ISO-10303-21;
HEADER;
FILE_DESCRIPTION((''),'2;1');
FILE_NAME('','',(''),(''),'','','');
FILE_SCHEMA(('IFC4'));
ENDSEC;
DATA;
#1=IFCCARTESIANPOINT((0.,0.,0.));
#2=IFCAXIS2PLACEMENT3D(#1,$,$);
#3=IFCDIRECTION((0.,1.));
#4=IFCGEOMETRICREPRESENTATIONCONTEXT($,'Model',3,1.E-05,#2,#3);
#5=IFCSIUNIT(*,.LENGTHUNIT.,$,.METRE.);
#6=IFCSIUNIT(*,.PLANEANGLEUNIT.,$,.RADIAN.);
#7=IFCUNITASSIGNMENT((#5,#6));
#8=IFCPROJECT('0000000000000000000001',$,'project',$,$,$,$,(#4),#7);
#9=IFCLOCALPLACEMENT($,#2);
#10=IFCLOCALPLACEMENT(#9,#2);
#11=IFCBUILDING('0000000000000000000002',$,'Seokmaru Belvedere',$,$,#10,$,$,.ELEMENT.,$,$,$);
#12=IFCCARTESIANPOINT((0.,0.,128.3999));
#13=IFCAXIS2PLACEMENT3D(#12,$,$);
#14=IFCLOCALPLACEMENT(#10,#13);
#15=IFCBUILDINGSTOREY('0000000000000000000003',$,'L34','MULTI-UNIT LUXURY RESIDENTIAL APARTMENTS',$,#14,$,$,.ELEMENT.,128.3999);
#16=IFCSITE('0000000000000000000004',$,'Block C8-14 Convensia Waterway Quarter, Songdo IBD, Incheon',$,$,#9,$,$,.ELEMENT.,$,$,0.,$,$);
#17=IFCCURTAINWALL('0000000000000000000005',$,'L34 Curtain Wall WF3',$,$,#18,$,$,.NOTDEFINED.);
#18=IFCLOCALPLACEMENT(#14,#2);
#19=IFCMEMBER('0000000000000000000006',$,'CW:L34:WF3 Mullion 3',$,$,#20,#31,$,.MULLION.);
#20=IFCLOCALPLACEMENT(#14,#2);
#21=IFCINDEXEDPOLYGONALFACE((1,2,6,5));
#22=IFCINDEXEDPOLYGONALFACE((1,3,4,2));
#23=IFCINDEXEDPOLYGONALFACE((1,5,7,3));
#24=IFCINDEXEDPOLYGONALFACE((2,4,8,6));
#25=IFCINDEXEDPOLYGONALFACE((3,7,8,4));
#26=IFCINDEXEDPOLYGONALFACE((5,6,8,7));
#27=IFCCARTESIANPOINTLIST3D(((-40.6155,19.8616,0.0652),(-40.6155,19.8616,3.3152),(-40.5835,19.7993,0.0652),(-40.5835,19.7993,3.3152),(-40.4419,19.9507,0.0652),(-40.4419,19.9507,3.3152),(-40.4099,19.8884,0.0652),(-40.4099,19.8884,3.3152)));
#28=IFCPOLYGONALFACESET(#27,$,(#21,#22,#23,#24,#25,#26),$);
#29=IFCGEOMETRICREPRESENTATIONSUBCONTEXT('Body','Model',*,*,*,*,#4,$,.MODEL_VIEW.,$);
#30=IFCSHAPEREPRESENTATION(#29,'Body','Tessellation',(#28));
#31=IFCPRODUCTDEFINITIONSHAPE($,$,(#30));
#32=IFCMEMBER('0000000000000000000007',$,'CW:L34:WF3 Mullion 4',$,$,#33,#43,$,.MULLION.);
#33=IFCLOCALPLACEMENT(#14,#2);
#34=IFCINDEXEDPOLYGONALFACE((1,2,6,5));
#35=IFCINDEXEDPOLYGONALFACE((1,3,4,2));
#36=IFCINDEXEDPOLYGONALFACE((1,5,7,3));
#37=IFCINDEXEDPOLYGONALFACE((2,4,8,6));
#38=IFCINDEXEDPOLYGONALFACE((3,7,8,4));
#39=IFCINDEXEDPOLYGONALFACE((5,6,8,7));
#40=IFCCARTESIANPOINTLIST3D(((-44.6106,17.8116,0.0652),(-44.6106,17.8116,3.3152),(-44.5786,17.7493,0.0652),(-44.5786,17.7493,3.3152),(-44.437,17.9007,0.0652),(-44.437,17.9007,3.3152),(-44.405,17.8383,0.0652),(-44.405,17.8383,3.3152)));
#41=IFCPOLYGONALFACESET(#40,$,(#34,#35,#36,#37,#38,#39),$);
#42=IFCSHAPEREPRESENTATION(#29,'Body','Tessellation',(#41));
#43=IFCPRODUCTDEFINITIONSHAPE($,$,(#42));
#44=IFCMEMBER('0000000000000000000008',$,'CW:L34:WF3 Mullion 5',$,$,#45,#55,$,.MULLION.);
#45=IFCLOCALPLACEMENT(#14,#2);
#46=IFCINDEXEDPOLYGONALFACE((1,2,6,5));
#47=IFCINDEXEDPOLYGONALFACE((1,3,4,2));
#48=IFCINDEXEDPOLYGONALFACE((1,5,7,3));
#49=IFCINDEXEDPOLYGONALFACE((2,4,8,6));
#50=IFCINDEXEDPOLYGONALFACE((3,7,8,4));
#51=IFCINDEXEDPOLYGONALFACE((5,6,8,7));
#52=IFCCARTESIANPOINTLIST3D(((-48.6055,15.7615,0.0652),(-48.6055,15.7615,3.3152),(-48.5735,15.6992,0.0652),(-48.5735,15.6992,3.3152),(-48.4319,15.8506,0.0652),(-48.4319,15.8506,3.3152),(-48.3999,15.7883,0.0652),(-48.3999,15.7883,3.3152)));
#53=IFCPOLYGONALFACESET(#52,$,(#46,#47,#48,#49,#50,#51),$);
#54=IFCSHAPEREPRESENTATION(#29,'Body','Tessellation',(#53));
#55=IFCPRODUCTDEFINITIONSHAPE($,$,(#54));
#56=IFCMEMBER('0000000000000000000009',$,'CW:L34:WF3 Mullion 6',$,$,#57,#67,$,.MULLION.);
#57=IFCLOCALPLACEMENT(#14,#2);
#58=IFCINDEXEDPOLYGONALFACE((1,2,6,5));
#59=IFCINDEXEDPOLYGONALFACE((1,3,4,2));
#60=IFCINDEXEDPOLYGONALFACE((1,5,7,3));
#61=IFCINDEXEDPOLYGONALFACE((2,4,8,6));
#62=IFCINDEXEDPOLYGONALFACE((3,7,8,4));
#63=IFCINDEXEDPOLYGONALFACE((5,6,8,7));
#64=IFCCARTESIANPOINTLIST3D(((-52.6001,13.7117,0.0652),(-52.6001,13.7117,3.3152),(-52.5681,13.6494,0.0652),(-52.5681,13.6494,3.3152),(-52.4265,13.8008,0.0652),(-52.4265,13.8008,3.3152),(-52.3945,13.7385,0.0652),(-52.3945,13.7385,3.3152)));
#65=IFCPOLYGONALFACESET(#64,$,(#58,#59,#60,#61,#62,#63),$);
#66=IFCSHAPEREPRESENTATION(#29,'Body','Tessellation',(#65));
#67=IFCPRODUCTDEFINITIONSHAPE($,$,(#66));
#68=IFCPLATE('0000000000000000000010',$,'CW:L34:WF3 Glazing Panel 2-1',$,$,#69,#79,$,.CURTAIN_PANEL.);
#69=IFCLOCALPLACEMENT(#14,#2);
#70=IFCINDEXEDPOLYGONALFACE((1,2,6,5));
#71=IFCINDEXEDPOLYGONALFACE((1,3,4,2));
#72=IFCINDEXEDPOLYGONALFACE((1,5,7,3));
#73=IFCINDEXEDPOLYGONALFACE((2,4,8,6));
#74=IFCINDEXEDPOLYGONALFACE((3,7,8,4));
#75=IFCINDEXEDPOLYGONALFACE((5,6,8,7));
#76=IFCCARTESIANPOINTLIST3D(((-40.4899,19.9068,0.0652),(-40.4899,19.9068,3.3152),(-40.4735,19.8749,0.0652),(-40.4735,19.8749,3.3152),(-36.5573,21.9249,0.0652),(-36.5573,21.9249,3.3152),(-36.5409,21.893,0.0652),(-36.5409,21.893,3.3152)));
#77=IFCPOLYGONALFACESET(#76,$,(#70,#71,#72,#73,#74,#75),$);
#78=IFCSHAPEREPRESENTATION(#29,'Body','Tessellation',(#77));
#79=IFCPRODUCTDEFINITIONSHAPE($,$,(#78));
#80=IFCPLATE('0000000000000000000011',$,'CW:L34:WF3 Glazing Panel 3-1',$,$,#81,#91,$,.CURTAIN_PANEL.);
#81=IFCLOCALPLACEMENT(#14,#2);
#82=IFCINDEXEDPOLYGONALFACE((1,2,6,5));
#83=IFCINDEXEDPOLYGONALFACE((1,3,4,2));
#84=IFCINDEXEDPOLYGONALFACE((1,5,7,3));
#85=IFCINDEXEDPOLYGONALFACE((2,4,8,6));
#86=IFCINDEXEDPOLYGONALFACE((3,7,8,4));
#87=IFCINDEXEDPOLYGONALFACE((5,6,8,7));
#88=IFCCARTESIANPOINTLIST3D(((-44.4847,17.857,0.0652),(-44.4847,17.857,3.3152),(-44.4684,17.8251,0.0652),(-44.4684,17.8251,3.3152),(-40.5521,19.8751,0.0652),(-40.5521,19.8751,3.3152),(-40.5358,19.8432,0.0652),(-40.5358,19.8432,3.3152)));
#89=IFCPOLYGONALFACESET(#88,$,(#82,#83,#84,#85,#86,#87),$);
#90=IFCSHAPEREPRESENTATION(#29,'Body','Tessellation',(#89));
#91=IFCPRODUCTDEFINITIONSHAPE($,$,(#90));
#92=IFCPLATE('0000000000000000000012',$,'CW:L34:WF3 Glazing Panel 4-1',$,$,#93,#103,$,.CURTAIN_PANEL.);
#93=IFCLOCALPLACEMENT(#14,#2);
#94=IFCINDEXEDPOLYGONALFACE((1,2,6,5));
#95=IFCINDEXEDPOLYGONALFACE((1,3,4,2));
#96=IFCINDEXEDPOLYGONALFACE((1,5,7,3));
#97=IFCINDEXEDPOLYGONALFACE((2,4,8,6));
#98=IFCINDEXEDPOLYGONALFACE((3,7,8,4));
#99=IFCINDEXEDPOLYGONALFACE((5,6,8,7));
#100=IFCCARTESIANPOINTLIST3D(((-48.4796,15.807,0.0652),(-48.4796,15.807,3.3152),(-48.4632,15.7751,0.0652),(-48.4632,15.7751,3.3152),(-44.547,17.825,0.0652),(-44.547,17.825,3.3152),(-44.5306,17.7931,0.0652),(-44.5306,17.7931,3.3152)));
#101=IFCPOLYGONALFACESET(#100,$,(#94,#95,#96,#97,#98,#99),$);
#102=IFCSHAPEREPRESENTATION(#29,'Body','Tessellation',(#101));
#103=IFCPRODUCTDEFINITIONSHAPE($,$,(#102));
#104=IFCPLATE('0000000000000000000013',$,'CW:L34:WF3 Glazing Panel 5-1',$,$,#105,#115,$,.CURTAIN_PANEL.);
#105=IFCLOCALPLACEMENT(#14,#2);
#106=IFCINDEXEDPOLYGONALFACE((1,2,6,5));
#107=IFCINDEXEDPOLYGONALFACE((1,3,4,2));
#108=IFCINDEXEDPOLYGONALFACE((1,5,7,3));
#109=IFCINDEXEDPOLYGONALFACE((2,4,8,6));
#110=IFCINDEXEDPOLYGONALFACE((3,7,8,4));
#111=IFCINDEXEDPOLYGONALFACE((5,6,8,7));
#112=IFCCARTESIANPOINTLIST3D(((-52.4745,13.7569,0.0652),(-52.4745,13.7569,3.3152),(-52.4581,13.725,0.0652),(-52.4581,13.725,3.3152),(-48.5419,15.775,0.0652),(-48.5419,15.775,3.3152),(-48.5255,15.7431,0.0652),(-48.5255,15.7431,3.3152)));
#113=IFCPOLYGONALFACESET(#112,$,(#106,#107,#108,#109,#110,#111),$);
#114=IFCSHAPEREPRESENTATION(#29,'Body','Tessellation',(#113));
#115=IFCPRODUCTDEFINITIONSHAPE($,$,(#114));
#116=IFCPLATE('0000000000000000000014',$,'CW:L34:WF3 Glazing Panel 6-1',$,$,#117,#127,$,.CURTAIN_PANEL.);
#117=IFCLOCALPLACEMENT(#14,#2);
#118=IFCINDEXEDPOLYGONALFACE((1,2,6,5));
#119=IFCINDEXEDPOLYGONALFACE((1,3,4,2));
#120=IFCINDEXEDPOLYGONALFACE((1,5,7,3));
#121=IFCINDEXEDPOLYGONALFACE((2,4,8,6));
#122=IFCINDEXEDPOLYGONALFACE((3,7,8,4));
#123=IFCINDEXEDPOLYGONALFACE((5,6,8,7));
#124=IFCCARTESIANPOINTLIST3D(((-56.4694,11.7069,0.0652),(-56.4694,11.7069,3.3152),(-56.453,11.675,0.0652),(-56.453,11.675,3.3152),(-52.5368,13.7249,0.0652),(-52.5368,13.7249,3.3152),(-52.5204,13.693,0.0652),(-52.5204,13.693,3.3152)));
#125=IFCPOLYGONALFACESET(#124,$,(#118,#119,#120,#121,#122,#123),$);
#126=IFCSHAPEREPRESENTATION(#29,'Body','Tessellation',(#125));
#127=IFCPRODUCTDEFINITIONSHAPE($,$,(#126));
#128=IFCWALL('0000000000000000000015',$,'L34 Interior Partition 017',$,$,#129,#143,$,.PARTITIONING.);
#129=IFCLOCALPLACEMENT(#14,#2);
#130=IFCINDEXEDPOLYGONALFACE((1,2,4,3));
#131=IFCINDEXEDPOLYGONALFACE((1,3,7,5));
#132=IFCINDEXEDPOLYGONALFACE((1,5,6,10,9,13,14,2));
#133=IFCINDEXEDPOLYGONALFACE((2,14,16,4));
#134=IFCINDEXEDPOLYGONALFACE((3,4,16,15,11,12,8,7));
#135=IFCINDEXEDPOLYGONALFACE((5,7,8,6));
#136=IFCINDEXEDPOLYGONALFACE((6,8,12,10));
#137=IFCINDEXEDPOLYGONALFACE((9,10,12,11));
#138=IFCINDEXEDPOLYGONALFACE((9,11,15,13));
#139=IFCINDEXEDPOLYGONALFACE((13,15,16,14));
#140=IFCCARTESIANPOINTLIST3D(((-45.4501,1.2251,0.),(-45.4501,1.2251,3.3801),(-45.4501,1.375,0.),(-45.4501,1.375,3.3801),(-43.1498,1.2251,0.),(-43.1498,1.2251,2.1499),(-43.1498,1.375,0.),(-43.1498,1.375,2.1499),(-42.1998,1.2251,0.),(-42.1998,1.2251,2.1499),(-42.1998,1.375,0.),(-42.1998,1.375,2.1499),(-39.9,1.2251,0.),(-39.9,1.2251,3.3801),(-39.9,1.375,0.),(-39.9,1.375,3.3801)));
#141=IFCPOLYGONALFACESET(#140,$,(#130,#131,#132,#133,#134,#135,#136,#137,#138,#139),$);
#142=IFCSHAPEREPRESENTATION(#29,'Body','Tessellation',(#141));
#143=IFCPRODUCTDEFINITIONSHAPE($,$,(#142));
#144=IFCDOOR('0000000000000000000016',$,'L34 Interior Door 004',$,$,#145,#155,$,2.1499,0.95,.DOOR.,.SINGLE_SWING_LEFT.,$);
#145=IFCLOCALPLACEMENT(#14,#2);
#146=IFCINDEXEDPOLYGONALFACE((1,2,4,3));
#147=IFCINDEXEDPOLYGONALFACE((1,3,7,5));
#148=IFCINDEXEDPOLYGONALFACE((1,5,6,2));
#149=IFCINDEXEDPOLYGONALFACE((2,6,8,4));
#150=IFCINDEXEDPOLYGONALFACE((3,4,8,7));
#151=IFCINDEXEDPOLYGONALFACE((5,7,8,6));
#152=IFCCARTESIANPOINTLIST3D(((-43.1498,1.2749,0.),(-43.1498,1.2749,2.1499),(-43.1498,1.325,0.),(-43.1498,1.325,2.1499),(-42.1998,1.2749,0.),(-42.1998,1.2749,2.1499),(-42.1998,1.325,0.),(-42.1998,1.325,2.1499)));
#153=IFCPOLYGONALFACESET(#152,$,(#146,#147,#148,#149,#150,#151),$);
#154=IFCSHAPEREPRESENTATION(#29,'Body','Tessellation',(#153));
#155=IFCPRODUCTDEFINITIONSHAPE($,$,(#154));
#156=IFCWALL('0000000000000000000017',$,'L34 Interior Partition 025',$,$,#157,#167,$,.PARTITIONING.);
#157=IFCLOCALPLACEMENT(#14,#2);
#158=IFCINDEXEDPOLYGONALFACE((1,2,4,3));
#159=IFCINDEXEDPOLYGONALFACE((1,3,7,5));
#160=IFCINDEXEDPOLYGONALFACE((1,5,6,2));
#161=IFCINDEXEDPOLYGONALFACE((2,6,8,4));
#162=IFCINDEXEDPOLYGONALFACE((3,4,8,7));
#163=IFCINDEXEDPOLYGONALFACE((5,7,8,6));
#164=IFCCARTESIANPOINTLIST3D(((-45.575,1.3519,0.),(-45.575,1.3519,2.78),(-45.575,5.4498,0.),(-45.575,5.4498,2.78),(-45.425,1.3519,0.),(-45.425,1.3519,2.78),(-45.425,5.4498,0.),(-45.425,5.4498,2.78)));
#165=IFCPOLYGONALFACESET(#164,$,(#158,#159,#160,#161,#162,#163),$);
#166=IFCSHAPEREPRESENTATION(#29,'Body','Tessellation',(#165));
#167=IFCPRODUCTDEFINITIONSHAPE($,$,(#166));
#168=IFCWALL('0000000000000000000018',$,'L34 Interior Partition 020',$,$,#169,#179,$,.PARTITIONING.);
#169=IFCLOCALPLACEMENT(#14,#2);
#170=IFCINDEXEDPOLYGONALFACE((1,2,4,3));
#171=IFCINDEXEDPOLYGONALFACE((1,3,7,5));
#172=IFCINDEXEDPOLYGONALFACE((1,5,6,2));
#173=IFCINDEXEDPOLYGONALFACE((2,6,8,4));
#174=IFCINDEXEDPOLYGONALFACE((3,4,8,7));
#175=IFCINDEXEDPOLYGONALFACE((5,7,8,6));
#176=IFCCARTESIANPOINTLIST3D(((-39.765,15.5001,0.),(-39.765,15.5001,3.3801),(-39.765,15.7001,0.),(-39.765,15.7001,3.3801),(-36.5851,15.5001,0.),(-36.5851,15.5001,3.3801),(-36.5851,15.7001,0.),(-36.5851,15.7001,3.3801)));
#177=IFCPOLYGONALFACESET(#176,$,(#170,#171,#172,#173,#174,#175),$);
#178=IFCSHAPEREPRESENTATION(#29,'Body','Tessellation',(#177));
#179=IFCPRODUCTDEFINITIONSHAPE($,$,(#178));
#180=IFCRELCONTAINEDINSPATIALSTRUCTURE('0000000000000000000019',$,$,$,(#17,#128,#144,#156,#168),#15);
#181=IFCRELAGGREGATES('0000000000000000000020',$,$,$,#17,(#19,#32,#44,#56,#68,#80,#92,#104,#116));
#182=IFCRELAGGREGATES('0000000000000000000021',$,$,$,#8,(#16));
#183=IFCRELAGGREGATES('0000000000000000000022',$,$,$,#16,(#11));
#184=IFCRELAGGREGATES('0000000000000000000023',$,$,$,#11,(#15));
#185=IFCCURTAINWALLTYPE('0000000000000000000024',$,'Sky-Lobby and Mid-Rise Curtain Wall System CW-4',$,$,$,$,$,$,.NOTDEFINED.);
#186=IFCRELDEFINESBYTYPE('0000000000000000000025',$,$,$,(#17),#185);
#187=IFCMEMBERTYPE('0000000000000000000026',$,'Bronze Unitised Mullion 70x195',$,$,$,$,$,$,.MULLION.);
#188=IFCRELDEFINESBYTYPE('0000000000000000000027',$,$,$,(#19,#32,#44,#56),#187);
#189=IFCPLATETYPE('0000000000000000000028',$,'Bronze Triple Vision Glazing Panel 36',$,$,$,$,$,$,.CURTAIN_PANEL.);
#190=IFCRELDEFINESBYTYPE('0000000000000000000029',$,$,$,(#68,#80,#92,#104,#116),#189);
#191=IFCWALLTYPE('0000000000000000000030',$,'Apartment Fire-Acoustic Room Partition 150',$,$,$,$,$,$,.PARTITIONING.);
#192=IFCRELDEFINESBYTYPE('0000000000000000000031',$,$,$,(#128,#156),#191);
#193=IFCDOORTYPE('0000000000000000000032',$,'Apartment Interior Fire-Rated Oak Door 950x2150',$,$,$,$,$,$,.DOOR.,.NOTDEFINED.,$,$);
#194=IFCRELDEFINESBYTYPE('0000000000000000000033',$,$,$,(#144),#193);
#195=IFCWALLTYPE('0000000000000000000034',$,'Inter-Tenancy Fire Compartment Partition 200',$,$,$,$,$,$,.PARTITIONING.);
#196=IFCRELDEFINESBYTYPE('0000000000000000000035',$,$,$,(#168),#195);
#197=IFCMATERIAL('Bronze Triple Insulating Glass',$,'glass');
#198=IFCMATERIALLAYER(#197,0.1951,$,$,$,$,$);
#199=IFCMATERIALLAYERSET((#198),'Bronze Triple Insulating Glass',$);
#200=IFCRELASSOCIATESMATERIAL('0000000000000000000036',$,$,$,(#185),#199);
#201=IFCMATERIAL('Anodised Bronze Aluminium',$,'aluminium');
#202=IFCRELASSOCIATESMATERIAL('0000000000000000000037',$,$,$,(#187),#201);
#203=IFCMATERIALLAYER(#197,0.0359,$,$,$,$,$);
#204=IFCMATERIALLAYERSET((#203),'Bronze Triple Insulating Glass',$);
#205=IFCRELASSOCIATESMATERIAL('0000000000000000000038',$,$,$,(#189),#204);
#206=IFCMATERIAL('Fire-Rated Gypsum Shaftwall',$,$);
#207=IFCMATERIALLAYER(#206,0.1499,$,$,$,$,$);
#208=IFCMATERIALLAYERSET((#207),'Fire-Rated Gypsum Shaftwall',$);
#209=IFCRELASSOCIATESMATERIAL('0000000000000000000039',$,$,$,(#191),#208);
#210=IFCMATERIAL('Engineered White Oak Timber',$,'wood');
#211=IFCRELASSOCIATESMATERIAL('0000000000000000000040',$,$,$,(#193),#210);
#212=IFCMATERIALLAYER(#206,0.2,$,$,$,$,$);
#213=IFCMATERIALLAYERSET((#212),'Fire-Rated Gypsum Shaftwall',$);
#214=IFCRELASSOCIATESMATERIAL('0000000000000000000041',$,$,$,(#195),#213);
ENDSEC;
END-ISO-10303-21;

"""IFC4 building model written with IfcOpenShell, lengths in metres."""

from ifc_helpers import new_model, si_unit, direction, frame, frame_2d, origin, origin_2d, place, context, subcontext, project, spatial, rectangle, extrude, source, transform, mapped, material, layer, layer_set, material_profile, profile_set, type_object, type_shapes, element, fill, aggregate, save


model = new_model("IFC4")

# Units and contexts
model_context = context("Model", 3, precision=1e-05, world=origin(), true_north=direction((0.0, 1.0)))
body_context = subcontext(model_context, "Body", "Model", "MODEL_VIEW")
ifc_project = project(units=[si_unit("LENGTHUNIT", "METRE"), si_unit("PLANEANGLEUNIT", "RADIAN")], contexts=[model_context])

# Site, building, storey
site_placement = place(None, origin())
site = spatial("IfcSite", under=ifc_project, at=site_placement, Name="Block C8-14 Convensia Waterway Quarter, Songdo IBD, Incheon", CompositionType="ELEMENT", RefElevation=0.0)
building_placement = place(site_placement, origin())
building = spatial("IfcBuilding", under=site, at=building_placement, Name="Seokmaru Belvedere", CompositionType="ELEMENT")
storey_placement = place(building_placement, frame((0.0, 0.0, 128.3999)))
storey = spatial("IfcBuildingStorey", under=building, at=storey_placement, Name="L34", Description="MULTI-UNIT LUXURY RESIDENTIAL APARTMENTS", CompositionType="ELEMENT", Elevation=128.3999)

# Curtain wall, members, plates
ifc_material_1 = material(Name="Bronze Triple Insulating Glass", Category="glass")
ifc_layer_1 = layer(ifc_material_1, 0.1951)
ifc_layer_set_1 = layer_set([ifc_layer_1], Name="Bronze Triple Insulating Glass")
curtain_wall_type = type_object("IfcCurtainWallType", Name="Sky-Lobby and Mid-Rise Curtain Wall System CW-4", PredefinedType="NOTDEFINED", material=ifc_layer_set_1)
curtain_wall_placement = place(storey_placement, origin())
curtain_wall = element("IfcCurtainWall", 1, at=curtain_wall_placement, inside=storey, type_object=curtain_wall_type, Name="L34 Curtain Wall WF3", PredefinedType="NOTDEFINED")
ifc_material_2 = material(Name="Anodised Bronze Aluminium", Category="aluminium")
ifc_material_profile_1 = material_profile(ifc_material_2, rectangle(XDim=0.0701, YDim=0.1951, at=origin_2d()), Name="CW-M-70x195")
ifc_profile_set_1 = profile_set([ifc_material_profile_1], Name="Anodised Bronze Aluminium")
member_type = type_object("IfcMemberType", Name="Bronze Unitised Mullion 70x195", PredefinedType="MULLION", material=ifc_profile_set_1)
shared_shape_1 = source(origin(), body_context, "Body", "SweptSolid", [
    extrude(rectangle(XDim=0.0701, YDim=0.1951, at=origin_2d()), origin(), (0.0, 0.0, 1.0), 3.25),
])
type_shapes(member_type, [shared_shape_1])
member_1_placement = place(storey_placement, frame((-40.5127, 19.875, 0.0652), z_axis=(0.0, 0.0, 1.0), x_axis=(0.456555, -0.889695, 0.0)))
member_1 = element("IfcMember", 2, at=member_1_placement, type_object=member_type, Name="CW:L34:WF3 Mullion 3", PredefinedType="MULLION", context=body_context, shape_type="MappedRepresentation", body=[
    mapped(shared_shape_1, transform((0.0, 0.0, 0.0), scale=1.0)),
])
member_2_placement = place(storey_placement, frame((-44.5078, 17.825, 0.0652), z_axis=(0.0, 0.0, 1.0), x_axis=(0.456555, -0.889695, 0.0)))
member_2 = element("IfcMember", 3, at=member_2_placement, type_object=member_type, Name="CW:L34:WF3 Mullion 4", PredefinedType="MULLION", context=body_context, shape_type="MappedRepresentation", body=[
    mapped(shared_shape_1, transform((0.0, 0.0, 0.0), scale=1.0)),
])
member_3_placement = place(storey_placement, frame((-48.5027, 15.7749, 0.0652), z_axis=(0.0, 0.0, 1.0), x_axis=(0.456555, -0.889695, 0.0)))
member_3 = element("IfcMember", 4, at=member_3_placement, type_object=member_type, Name="CW:L34:WF3 Mullion 5", PredefinedType="MULLION", context=body_context, shape_type="MappedRepresentation", body=[
    mapped(shared_shape_1, transform((0.0, 0.0, 0.0), scale=1.0)),
])
member_4_placement = place(storey_placement, frame((-52.4973, 13.7251, 0.0652), z_axis=(0.0, 0.0, 1.0), x_axis=(0.456555, -0.889695, 0.0)))
member_4 = element("IfcMember", 5, at=member_4_placement, type_object=member_type, Name="CW:L34:WF3 Mullion 6", PredefinedType="MULLION", context=body_context, shape_type="MappedRepresentation", body=[
    mapped(shared_shape_1, transform((0.0, 0.0, 0.0), scale=1.0)),
])
ifc_layer_2 = layer(ifc_material_1, 0.0359)
ifc_layer_set_2 = layer_set([ifc_layer_2], Name="Bronze Triple Insulating Glass")
plate_type = type_object("IfcPlateType", Name="Bronze Triple Vision Glazing Panel 36", PredefinedType="CURTAIN_PANEL", material=ifc_layer_set_2)
shared_shape_2 = source(origin(), body_context, "Body", "SweptSolid", [
    extrude(rectangle(XDim=4.4202, YDim=0.0359, at=origin_2d()), origin(), (0.0, 0.0, 1.0), 3.25),
])
type_shapes(plate_type, [shared_shape_2])
plate_1_placement = place(storey_placement, frame((-38.5154, 20.8999, 0.0652), z_axis=(0.0, 0.0, 1.0), x_axis=(-0.889695, -0.456555, 0.0)))
plate_1 = element("IfcPlate", 6, at=plate_1_placement, type_object=plate_type, Name="CW:L34:WF3 Glazing Panel 2-1", PredefinedType="CURTAIN_PANEL", context=body_context, shape_type="MappedRepresentation", body=[
    mapped(shared_shape_2, transform((0.0, 0.0, 0.0), scale=1.0)),
])
plate_2_placement = place(storey_placement, frame((-42.5103, 18.8501, 0.0652), z_axis=(0.0, 0.0, 1.0), x_axis=(-0.889695, -0.456555, 0.0)))
plate_2 = element("IfcPlate", 7, at=plate_2_placement, type_object=plate_type, Name="CW:L34:WF3 Glazing Panel 3-1", PredefinedType="CURTAIN_PANEL", context=body_context, shape_type="MappedRepresentation", body=[
    mapped(shared_shape_2, transform((0.0, 0.0, 0.0), scale=1.0)),
])
plate_3_placement = place(storey_placement, frame((-46.5051, 16.8, 0.0652), z_axis=(0.0, 0.0, 1.0), x_axis=(-0.889695, -0.456555, 0.0)))
plate_3 = element("IfcPlate", 8, at=plate_3_placement, type_object=plate_type, Name="CW:L34:WF3 Glazing Panel 4-1", PredefinedType="CURTAIN_PANEL", context=body_context, shape_type="MappedRepresentation", body=[
    mapped(shared_shape_2, transform((0.0, 0.0, 0.0), scale=1.0)),
])
plate_4_placement = place(storey_placement, frame((-50.5, 14.75, 0.0652), z_axis=(0.0, 0.0, 1.0), x_axis=(-0.889695, -0.456555, 0.0)))
plate_4 = element("IfcPlate", 9, at=plate_4_placement, type_object=plate_type, Name="CW:L34:WF3 Glazing Panel 5-1", PredefinedType="CURTAIN_PANEL", context=body_context, shape_type="MappedRepresentation", body=[
    mapped(shared_shape_2, transform((0.0, 0.0, 0.0), scale=1.0)),
])
plate_5_placement = place(storey_placement, frame((-54.4949, 12.7, 0.0652), z_axis=(0.0, 0.0, 1.0), x_axis=(-0.889695, -0.456555, 0.0)))
plate_5 = element("IfcPlate", 10, at=plate_5_placement, type_object=plate_type, Name="CW:L34:WF3 Glazing Panel 6-1", PredefinedType="CURTAIN_PANEL", context=body_context, shape_type="MappedRepresentation", body=[
    mapped(shared_shape_2, transform((0.0, 0.0, 0.0), scale=1.0)),
])
aggregate(curtain_wall, [member_1, member_2, member_3, member_4, plate_1, plate_2, plate_3, plate_4, plate_5])

# Wall, opening, door
ifc_material_3 = material(Name="Fire-Rated Gypsum Shaftwall")
ifc_layer_3 = layer(ifc_material_3, 0.1499)
ifc_layer_set_3 = layer_set([ifc_layer_3], Name="Fire-Rated Gypsum Shaftwall")
wall_type_1 = type_object("IfcWallType", Name="Apartment Fire-Acoustic Room Partition 150", PredefinedType="PARTITIONING", material=ifc_layer_set_3)
wall_1_placement = place(storey_placement, frame((-45.45, 1.3, 0.0), z_axis=(0.0, 0.0, 1.0), x_axis=(1.0, 0.0, 0.0)))
wall_1 = element("IfcWall", 11, at=wall_1_placement, inside=storey, type_object=wall_type_1, Name="L34 Interior Partition 017", PredefinedType="PARTITIONING", context=body_context, shape_type="SweptSolid", body=[
    extrude(rectangle(XDim=5.55, YDim=0.1499, at=frame_2d((2.7749, 0.0))), origin(), (0.0, 0.0, 1.0), 3.3801),
])
opening_placement = place(wall_1_placement, frame((2.3, 0.0, 0.0)))
opening = element("IfcOpeningElement", 12, at=opening_placement, cuts=wall_1, PredefinedType="OPENING", context=body_context, shape_type="SweptSolid", body=[
    extrude(rectangle(XDim=0.95, YDim=2.1499, at=frame_2d((0.4751, 1.075))), frame((0.0, 0.085, 0.0), z_axis=(0.0, -1.0, 0.0), x_axis=(1.0, 0.0, 0.0)), (0.0, 0.0, 1.0), 0.1699),
])
ifc_material_4 = material(Name="Engineered White Oak Timber", Category="wood")
door_type = type_object("IfcDoorType", Name="Apartment Interior Fire-Rated Oak Door 950x2150", OperationType="NOTDEFINED", PredefinedType="DOOR", material=ifc_material_4)
shared_shape_3 = source(origin(), body_context, "Body", "SweptSolid", [
    extrude(rectangle(XDim=0.95, YDim=2.1499, at=frame_2d((0.4751, 1.075))), frame((0.0, 0.0249, 0.0), z_axis=(0.0, -1.0, 0.0), x_axis=(1.0, 0.0, 0.0)), (0.0, 0.0, 1.0), 0.05),
])
type_shapes(door_type, [shared_shape_3])
door_placement = place(opening_placement, origin())
door = element("IfcDoor", 13, at=door_placement, inside=storey, type_object=door_type, Name="L34 Interior Door 004", OperationType="SINGLE_SWING_LEFT", OverallHeight=2.1499, OverallWidth=0.95, PredefinedType="DOOR", context=body_context, shape_type="MappedRepresentation", body=[
    mapped(shared_shape_3, transform((0.0, 0.0, 0.0), scale=1.0)),
])
fill(opening, door)

# Walls
wall_2_placement = place(storey_placement, frame((-45.5, 1.3521, 0.0), z_axis=(0.0, 0.0, 1.0), x_axis=(0.0, 1.0, 0.0)))
element("IfcWall", 14, at=wall_2_placement, inside=storey, type_object=wall_type_1, Name="L34 Interior Partition 025", PredefinedType="PARTITIONING", context=body_context, shape_type="SweptSolid", body=[
    extrude(rectangle(XDim=4.0979, YDim=0.1499, at=frame_2d((2.0488, 0.0))), origin(), (0.0, 0.0, 1.0), 2.78),
])
ifc_layer_4 = layer(ifc_material_3, 0.2)
ifc_layer_set_4 = layer_set([ifc_layer_4], Name="Fire-Rated Gypsum Shaftwall")
wall_type_2 = type_object("IfcWallType", Name="Inter-Tenancy Fire Compartment Partition 200", PredefinedType="PARTITIONING", material=ifc_layer_set_4)
wall_3_placement = place(storey_placement, frame((-39.7649, 15.6001, 0.0), z_axis=(0.0, 0.0, 1.0), x_axis=(1.0, 0.0, 0.0)))
element("IfcWall", 15, at=wall_3_placement, inside=storey, type_object=wall_type_2, Name="L34 Interior Partition 020", PredefinedType="PARTITIONING", context=body_context, shape_type="SweptSolid", body=[
    extrude(rectangle(XDim=3.1799, YDim=0.2, at=frame_2d((1.5898, 0.0))), origin(), (0.0, 0.0, 1.0), 3.3801),
])

save(model, "model.ifc")
